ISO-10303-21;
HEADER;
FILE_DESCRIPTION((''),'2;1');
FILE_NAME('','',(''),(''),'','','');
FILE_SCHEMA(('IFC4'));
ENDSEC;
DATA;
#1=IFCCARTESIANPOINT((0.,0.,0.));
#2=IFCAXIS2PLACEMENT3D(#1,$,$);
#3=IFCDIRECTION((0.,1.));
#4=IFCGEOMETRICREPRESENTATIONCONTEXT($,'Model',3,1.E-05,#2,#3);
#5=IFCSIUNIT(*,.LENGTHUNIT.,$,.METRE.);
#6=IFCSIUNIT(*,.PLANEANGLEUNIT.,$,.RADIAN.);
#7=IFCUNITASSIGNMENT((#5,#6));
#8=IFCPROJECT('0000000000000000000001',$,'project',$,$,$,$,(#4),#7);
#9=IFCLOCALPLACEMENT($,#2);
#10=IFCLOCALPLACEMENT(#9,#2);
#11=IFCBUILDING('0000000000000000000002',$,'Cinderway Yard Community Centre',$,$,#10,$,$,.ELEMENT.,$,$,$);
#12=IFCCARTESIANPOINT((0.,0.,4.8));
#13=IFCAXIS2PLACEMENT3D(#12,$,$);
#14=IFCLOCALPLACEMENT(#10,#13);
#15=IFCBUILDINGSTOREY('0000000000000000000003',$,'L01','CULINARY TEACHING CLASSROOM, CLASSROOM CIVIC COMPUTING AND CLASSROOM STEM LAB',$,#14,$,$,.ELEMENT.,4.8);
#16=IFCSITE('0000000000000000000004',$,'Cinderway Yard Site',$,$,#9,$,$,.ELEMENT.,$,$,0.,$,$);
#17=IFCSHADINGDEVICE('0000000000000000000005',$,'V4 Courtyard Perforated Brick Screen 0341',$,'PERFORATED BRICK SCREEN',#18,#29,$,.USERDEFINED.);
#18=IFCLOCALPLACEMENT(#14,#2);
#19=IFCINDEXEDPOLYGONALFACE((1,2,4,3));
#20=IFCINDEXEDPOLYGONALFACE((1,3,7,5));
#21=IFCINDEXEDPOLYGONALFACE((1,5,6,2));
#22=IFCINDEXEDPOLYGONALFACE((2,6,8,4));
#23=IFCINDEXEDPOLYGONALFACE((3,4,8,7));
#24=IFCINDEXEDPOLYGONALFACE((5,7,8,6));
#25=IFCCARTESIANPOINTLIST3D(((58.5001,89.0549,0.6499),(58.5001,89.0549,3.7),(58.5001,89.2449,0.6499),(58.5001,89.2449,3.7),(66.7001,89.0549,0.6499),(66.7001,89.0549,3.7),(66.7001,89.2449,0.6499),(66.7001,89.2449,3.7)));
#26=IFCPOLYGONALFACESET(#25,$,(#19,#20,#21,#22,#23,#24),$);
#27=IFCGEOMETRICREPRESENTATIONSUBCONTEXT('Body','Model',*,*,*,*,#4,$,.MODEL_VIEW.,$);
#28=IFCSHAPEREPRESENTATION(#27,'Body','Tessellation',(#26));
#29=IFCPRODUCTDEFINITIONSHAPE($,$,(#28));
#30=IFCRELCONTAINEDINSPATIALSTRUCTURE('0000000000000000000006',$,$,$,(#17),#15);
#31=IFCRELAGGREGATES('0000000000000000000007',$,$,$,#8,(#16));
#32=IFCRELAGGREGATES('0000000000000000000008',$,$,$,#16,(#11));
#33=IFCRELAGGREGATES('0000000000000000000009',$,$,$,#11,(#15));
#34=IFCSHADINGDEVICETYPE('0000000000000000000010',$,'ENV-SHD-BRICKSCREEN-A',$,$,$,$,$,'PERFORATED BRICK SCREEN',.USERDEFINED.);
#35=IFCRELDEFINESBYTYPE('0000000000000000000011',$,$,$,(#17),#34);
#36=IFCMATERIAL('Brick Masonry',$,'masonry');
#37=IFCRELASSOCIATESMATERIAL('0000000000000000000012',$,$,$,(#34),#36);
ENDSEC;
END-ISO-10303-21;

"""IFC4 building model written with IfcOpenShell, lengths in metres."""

from ifc_helpers import new_model, si_unit, direction, frame, origin, origin_2d, place, context, subcontext, project, spatial, rectangle, extrude, material, type_object, element, save


model = new_model("IFC4")

# Units and contexts
model_context = context("Model", 3, precision=1e-05, world=origin(), true_north=direction((0.0, 1.0)))
body_context = subcontext(model_context, "Body", "Model", "MODEL_VIEW")
ifc_project = project(units=[si_unit("LENGTHUNIT", "METRE"), si_unit("PLANEANGLEUNIT", "RADIAN")], contexts=[model_context])

# Site, building, storey
site_placement = place(None, origin())
site = spatial("IfcSite", under=ifc_project, at=site_placement, Name="Cinderway Yard Site", CompositionType="ELEMENT", RefElevation=0.0)
building_placement = place(site_placement, origin())
building = spatial("IfcBuilding", under=site, at=building_placement, Name="Cinderway Yard Community Centre", CompositionType="ELEMENT")
storey_placement = place(building_placement, frame((0.0, 0.0, 4.8)))
storey = spatial("IfcBuildingStorey", under=building, at=storey_placement, Name="L01", Description="CULINARY TEACHING CLASSROOM, CLASSROOM CIVIC COMPUTING AND CLASSROOM STEM LAB", CompositionType="ELEMENT", Elevation=4.8)

# Shared definitions
ifc_material_1 = material(Name="Brick Masonry", Category="masonry")

# Shading device
shading_device_type = type_object("IfcShadingDeviceType", Name="ENV-SHD-BRICKSCREEN-A", ElementType="PERFORATED BRICK SCREEN", PredefinedType="USERDEFINED", material=ifc_material_1)
shading_device_placement = place(storey_placement, frame((62.6001, 89.1499, 0.6499), z_axis=(0.0, 0.0, 1.0), x_axis=(-1.0, 0.0, 0.0)))
element("IfcShadingDevice", 1, at=shading_device_placement, inside=storey, type_object=shading_device_type, Name="V4 Courtyard Perforated Brick Screen 0341", ObjectType="PERFORATED BRICK SCREEN", PredefinedType="USERDEFINED", context=body_context, shape_type="SweptSolid", body=[
    extrude(rectangle(XDim=8.2, YDim=0.1899, at=origin_2d()), origin(), (0.0, 0.0, 1.0), 3.05),
])

save(model, "model.ifc")
